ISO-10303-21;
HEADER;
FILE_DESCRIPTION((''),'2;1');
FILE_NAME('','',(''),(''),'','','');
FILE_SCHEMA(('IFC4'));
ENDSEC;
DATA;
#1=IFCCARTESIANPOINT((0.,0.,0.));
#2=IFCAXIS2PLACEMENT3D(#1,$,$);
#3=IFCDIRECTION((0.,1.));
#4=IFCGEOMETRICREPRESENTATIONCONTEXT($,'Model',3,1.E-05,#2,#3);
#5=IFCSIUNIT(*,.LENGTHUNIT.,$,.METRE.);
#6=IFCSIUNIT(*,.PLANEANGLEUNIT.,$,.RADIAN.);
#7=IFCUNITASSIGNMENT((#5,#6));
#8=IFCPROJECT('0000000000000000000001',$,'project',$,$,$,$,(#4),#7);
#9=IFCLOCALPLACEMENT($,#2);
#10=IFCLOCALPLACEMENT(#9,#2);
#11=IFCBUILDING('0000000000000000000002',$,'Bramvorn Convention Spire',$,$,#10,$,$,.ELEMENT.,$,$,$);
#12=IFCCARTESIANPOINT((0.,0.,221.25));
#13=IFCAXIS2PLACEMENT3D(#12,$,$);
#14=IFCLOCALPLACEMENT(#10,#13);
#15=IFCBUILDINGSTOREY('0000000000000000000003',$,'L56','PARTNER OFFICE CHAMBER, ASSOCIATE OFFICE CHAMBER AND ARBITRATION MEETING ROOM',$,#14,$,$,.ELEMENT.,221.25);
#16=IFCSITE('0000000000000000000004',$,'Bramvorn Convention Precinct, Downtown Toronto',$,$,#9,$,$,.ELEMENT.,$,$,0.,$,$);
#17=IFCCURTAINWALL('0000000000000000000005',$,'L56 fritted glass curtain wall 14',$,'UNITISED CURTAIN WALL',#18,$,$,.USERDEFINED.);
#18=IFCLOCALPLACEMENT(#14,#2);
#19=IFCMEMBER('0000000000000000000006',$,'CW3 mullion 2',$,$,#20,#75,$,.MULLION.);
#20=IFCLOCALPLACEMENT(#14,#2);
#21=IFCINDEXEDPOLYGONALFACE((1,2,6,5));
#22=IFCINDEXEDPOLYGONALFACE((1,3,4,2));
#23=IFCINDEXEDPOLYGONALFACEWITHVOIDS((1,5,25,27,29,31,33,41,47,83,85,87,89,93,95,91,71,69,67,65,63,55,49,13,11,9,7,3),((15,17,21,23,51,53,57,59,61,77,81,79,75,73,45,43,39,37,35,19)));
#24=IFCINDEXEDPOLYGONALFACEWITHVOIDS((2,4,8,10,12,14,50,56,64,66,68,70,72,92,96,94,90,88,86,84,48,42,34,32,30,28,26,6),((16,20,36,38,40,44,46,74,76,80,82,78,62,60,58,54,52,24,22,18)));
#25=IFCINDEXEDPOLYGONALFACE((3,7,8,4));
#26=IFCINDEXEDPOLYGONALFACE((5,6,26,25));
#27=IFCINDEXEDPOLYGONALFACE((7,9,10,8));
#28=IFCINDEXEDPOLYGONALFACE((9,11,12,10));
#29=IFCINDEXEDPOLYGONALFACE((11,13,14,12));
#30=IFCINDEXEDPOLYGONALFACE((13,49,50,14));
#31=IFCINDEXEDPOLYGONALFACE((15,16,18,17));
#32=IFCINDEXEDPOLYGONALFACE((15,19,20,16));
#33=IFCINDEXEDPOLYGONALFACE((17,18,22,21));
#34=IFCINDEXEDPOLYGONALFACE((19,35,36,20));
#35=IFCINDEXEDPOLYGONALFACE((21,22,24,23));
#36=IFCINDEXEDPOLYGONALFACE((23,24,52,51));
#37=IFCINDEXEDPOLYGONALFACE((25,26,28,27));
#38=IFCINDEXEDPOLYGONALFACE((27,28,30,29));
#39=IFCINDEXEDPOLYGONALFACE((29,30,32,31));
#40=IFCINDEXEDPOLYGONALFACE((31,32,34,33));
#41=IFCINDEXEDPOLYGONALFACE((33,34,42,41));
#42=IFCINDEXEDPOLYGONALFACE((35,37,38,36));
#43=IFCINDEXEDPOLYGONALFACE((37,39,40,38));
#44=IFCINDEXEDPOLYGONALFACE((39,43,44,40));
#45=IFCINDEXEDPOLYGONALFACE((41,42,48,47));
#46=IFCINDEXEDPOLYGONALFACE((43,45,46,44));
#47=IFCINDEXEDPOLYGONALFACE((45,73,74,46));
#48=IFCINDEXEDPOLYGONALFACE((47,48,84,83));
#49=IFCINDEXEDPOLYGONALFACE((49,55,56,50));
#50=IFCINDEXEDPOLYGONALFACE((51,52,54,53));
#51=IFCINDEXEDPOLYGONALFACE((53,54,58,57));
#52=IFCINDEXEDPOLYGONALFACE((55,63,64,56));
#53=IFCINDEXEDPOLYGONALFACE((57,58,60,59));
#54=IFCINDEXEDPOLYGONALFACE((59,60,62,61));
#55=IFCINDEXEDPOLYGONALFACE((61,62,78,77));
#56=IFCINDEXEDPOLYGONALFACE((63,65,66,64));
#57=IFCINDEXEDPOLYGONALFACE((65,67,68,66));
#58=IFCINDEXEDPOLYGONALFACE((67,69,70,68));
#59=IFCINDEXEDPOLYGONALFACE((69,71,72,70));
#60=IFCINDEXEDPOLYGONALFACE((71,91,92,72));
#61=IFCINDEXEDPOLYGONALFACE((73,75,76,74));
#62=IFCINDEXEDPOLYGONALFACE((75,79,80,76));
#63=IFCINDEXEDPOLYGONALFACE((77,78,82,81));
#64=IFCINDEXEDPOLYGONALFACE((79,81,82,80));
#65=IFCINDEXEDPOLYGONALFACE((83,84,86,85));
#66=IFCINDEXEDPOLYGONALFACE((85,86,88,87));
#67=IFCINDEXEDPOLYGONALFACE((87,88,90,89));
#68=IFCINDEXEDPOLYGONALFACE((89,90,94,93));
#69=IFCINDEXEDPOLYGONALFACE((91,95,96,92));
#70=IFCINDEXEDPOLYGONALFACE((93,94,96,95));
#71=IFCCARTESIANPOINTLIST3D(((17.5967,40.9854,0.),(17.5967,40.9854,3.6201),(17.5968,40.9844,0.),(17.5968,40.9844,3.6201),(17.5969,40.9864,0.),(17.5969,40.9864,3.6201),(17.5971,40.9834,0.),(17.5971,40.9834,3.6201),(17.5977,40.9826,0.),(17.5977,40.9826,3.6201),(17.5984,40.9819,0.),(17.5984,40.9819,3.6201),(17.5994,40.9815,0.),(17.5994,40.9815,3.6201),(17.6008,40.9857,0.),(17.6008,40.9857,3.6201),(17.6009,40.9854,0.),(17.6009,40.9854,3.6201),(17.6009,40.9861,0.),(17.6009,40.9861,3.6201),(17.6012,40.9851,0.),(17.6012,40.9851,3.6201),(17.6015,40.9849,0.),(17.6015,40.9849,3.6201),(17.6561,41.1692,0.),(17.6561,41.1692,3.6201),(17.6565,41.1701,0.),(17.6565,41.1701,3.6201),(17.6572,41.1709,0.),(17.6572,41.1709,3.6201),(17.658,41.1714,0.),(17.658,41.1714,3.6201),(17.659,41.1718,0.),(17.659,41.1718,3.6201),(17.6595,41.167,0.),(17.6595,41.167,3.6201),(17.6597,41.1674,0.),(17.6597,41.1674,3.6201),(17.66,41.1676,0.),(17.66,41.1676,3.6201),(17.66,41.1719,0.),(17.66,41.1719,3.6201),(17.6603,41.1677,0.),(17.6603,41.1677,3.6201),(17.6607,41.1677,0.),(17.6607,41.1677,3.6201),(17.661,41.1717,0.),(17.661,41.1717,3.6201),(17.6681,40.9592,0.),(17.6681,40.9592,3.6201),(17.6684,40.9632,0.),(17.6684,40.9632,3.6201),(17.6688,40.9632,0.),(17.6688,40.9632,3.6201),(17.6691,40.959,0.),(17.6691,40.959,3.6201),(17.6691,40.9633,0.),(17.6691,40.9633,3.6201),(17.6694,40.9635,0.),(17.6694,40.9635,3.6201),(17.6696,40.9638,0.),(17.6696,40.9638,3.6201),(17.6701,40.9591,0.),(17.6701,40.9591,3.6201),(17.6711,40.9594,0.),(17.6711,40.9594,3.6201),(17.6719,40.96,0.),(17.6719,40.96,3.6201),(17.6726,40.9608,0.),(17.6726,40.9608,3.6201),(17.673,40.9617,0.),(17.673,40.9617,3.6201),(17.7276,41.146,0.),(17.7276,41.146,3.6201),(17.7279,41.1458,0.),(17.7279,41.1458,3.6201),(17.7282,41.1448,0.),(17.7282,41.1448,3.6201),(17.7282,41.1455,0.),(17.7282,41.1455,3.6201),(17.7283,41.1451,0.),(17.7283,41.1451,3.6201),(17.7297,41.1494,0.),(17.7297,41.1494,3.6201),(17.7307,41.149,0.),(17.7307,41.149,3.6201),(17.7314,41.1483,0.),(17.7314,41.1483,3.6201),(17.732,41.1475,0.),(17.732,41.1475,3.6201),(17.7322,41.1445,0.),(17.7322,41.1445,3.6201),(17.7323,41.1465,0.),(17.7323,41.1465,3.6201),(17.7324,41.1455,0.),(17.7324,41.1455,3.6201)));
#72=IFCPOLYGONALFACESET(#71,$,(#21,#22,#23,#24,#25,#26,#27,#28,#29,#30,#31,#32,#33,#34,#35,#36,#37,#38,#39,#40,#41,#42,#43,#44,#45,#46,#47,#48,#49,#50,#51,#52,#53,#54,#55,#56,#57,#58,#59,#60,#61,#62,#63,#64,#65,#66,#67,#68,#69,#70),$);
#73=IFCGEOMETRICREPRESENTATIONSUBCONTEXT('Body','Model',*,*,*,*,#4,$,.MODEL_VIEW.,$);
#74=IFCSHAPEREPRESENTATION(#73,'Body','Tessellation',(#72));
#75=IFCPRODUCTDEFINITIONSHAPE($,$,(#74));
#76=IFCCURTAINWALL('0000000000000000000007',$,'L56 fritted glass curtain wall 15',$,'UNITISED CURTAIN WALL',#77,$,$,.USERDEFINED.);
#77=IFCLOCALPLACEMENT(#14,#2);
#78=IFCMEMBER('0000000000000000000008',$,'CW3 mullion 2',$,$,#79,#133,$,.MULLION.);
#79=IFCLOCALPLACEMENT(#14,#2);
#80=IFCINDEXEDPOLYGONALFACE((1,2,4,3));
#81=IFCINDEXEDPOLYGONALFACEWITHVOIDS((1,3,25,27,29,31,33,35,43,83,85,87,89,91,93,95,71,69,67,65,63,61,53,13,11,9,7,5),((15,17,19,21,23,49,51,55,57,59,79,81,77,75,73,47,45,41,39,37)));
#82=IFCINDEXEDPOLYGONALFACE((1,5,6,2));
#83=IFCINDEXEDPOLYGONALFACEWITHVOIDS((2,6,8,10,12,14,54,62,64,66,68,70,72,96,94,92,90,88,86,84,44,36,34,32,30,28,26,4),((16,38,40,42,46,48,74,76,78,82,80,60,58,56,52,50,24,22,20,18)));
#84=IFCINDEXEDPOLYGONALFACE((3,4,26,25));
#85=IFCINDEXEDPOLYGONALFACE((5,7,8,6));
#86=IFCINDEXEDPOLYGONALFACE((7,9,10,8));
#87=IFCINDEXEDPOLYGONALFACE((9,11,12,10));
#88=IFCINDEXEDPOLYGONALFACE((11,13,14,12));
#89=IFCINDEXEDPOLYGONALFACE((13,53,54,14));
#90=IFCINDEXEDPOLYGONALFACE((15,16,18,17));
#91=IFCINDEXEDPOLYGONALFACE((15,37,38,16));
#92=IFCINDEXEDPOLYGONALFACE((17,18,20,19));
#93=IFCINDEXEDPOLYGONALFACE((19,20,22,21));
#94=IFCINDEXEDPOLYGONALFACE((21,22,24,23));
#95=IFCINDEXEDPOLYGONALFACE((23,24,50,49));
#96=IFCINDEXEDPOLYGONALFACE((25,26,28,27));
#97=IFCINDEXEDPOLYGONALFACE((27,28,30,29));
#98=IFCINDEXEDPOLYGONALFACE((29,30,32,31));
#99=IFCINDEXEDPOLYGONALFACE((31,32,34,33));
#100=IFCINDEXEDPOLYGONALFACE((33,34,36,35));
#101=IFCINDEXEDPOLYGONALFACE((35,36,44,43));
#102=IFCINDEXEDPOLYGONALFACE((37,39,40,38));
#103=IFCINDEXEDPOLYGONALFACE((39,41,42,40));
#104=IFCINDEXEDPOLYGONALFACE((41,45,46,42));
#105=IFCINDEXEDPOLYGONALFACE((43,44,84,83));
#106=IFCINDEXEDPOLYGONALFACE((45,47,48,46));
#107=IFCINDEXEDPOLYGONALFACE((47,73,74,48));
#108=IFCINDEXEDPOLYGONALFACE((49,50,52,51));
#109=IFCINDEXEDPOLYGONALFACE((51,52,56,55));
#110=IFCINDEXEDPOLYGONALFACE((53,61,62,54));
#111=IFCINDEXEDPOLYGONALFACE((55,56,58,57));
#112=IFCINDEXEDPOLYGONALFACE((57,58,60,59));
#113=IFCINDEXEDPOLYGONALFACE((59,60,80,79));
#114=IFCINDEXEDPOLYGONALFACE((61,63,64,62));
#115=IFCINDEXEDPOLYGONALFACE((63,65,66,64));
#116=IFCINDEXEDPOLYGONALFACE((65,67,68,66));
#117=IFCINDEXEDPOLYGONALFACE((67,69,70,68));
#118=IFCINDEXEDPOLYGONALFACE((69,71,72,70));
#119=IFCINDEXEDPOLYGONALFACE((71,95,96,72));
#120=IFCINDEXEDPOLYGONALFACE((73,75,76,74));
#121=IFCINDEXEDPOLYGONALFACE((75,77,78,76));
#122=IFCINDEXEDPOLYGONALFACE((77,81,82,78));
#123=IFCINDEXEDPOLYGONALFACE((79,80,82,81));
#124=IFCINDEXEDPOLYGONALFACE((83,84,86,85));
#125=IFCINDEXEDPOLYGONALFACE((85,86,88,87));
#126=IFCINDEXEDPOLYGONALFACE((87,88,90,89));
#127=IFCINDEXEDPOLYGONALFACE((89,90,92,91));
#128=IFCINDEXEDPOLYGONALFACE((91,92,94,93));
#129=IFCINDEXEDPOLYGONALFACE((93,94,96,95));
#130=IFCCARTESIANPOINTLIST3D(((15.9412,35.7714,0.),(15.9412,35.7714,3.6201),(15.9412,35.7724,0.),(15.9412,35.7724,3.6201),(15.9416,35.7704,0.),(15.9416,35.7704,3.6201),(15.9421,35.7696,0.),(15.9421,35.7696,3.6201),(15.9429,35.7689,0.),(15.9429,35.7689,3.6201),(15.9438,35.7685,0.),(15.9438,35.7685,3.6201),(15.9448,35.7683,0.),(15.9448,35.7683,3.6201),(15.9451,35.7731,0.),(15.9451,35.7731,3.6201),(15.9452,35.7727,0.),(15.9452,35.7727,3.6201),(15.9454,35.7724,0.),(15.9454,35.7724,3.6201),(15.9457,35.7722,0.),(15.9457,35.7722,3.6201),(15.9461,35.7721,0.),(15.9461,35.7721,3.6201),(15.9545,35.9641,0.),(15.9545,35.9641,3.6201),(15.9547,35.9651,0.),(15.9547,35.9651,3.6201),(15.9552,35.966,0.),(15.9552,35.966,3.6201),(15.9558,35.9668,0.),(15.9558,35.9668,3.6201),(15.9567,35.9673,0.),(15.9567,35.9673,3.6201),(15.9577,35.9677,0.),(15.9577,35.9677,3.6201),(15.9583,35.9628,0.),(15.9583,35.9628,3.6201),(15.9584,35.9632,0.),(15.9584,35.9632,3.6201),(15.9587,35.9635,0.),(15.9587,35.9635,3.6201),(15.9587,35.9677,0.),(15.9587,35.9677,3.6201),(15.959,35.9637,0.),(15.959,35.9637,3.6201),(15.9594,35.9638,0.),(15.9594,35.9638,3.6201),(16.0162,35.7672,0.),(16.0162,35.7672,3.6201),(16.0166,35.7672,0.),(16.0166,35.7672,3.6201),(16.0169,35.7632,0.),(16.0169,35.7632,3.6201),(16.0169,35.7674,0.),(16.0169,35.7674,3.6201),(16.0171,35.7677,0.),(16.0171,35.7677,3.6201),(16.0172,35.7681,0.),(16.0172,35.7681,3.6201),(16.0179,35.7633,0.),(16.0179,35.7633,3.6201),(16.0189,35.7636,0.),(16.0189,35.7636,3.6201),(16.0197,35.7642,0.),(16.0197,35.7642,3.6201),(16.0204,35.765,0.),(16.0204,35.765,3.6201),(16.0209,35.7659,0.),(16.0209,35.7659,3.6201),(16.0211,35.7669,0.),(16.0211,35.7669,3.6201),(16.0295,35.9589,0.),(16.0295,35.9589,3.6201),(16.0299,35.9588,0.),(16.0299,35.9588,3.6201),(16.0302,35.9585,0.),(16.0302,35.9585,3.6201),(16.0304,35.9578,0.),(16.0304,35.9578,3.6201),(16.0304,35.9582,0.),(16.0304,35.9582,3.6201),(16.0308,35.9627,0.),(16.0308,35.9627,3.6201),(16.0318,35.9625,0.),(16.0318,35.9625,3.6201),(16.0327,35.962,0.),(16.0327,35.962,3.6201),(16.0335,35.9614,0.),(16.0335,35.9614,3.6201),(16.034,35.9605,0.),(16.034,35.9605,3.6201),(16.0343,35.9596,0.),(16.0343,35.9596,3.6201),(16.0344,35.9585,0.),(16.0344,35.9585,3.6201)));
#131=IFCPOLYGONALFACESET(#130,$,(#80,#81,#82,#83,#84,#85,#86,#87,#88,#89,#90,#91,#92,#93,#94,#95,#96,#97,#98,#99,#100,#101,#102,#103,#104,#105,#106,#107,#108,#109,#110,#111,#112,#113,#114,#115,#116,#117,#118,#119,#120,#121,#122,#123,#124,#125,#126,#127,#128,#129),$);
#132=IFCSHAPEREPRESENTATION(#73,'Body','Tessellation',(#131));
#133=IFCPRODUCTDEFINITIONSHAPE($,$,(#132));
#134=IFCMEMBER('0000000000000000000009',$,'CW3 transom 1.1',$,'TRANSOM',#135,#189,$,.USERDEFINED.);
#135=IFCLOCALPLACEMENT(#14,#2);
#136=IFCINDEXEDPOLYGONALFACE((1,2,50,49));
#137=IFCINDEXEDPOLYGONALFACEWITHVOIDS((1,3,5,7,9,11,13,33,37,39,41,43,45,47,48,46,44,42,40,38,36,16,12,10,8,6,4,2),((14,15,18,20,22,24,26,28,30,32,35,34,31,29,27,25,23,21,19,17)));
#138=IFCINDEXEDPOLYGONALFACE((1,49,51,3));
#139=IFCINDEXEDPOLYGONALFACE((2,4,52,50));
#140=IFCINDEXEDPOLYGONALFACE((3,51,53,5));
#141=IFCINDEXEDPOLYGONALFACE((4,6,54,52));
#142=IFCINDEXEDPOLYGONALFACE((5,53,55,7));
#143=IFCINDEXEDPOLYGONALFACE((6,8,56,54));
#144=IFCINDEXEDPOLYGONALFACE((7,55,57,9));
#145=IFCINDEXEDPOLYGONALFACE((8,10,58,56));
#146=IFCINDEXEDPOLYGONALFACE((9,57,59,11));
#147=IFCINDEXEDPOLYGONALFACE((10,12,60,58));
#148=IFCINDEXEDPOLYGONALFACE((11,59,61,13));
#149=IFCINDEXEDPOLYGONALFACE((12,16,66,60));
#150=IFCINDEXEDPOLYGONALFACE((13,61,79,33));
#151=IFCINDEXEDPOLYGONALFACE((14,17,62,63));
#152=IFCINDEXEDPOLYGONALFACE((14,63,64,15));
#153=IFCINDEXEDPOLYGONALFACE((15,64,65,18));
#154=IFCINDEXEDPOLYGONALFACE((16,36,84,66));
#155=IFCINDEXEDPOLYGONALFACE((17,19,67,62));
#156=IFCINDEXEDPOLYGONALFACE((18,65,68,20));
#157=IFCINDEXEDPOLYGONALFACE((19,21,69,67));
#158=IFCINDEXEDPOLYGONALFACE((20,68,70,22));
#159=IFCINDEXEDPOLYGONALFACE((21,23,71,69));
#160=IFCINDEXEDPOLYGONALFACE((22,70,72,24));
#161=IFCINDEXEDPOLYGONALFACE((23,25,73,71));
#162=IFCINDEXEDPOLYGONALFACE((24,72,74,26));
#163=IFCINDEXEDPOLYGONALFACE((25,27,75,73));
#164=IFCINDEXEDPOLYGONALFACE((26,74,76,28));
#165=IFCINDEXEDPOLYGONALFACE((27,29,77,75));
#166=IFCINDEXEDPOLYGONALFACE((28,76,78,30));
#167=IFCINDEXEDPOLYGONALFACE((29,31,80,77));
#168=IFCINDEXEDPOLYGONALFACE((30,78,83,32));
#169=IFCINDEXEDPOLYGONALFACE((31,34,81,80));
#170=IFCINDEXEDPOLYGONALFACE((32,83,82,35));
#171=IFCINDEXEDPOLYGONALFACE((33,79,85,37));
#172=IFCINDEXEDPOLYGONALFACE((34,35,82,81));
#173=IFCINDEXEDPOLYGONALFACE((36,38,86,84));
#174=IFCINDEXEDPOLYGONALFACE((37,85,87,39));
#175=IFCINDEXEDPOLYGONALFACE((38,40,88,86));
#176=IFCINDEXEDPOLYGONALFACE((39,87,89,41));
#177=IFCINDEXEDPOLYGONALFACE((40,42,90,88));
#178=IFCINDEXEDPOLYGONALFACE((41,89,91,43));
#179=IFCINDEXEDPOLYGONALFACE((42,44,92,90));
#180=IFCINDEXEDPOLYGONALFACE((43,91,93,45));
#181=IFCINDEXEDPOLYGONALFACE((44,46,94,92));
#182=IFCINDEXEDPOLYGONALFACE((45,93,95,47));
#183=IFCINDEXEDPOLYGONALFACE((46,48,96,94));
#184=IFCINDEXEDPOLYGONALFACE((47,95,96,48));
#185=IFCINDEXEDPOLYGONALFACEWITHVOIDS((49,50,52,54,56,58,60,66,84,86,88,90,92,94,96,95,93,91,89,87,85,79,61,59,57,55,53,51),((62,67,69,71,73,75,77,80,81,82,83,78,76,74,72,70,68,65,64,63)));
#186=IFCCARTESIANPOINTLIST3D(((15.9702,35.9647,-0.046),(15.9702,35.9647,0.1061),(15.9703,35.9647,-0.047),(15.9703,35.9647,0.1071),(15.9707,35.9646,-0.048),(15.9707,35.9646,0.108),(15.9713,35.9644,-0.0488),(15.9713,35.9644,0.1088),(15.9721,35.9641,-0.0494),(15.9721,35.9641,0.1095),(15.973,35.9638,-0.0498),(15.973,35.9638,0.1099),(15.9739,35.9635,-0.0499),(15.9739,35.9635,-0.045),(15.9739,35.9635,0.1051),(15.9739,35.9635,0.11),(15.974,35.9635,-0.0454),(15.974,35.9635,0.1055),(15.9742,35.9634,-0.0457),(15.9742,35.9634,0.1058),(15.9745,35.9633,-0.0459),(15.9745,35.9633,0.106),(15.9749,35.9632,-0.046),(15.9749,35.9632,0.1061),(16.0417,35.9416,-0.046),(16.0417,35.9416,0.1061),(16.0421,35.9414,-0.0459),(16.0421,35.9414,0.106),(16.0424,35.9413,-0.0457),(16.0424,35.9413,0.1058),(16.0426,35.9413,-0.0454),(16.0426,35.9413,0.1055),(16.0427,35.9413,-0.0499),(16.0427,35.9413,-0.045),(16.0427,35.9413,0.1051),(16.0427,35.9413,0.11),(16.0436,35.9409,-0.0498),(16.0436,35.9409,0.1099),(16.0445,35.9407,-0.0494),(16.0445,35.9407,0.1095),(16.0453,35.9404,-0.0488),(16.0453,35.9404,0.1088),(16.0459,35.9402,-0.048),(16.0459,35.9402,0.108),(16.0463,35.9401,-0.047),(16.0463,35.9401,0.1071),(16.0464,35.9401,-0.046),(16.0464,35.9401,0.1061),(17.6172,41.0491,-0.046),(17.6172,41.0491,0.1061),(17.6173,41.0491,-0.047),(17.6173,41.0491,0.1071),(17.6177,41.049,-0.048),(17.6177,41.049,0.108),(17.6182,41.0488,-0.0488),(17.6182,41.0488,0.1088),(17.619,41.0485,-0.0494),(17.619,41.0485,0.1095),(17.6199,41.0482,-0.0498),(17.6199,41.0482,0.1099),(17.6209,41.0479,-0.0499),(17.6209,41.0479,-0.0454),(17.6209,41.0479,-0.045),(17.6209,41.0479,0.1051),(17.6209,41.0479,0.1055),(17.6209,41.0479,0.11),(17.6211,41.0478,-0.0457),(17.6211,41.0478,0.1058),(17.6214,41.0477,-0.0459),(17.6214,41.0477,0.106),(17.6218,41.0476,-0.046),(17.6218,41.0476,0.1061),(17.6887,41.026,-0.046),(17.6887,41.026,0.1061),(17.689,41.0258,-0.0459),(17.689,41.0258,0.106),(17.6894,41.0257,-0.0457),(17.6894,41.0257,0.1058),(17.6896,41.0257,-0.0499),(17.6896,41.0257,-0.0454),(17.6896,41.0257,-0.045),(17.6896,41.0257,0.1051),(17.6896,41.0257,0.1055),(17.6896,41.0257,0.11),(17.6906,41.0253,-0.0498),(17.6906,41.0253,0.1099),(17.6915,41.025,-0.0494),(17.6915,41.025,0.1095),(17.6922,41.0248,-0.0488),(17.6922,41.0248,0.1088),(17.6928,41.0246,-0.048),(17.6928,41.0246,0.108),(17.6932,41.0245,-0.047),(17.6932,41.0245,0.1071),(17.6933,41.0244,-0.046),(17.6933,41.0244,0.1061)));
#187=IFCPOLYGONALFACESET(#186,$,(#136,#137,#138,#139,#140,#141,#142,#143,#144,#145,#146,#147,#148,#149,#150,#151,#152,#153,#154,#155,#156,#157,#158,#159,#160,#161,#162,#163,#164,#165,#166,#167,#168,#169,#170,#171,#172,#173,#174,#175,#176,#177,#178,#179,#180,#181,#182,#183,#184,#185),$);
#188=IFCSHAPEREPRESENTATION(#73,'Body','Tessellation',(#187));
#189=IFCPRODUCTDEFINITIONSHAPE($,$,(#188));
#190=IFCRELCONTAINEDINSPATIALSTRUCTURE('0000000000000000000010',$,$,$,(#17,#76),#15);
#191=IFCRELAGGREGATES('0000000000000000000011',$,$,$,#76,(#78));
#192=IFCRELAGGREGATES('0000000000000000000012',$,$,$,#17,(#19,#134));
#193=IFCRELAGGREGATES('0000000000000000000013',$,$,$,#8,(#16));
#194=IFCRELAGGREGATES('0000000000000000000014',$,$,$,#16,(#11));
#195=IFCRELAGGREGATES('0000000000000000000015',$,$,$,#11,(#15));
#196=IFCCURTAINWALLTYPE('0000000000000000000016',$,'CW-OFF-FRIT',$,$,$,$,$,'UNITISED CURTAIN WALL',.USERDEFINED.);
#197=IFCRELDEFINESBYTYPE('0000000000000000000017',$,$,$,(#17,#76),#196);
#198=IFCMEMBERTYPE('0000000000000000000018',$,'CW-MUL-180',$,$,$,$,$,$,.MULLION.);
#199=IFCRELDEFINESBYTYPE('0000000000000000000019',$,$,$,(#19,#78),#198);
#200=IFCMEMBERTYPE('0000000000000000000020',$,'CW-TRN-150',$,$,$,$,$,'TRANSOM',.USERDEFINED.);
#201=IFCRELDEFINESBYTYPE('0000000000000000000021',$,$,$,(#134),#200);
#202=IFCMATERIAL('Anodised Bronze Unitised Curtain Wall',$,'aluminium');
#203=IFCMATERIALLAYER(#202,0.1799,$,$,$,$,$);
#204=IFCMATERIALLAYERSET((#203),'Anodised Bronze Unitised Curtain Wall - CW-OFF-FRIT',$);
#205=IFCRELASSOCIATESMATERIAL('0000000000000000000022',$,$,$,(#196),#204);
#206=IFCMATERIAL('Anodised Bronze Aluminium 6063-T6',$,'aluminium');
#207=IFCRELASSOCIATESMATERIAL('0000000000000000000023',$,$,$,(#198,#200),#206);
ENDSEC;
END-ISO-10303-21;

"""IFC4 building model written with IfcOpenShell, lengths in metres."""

from ifc_helpers import new_model, si_unit, direction, frame, origin, origin_2d, place, context, subcontext, project, spatial, hollow_rectangle, extrude, material, layer, layer_set, material_profile, profile_set, type_object, element, aggregate, save


model = new_model("IFC4")

# Units and contexts
model_context = context("Model", 3, precision=1e-05, world=origin(), true_north=direction((0.0, 1.0)))
body_context = subcontext(model_context, "Body", "Model", "MODEL_VIEW")
ifc_project = project(units=[si_unit("LENGTHUNIT", "METRE"), si_unit("PLANEANGLEUNIT", "RADIAN")], contexts=[model_context])

# Site, building, storey
site_placement = place(None, origin())
site = spatial("IfcSite", under=ifc_project, at=site_placement, Name="Bramvorn Convention Precinct, Downtown Toronto", CompositionType="ELEMENT", RefElevation=0.0)
building_placement = place(site_placement, origin())
building = spatial("IfcBuilding", under=site, at=building_placement, Name="Bramvorn Convention Spire", CompositionType="ELEMENT")
storey_placement = place(building_placement, frame((0.0, 0.0, 221.25)))
storey = spatial("IfcBuildingStorey", under=building, at=storey_placement, Name="L56", Description="PARTNER OFFICE CHAMBER, ASSOCIATE OFFICE CHAMBER AND ARBITRATION MEETING ROOM", CompositionType="ELEMENT", Elevation=221.25)

# Curtain wall, member
ifc_material_1 = material(Name="Anodised Bronze Unitised Curtain Wall", Category="aluminium")
ifc_layer_1 = layer(ifc_material_1, 0.1799)
ifc_layer_set_1 = layer_set([ifc_layer_1], Name="Anodised Bronze Unitised Curtain Wall - CW-OFF-FRIT")
curtain_wall_type = type_object("IfcCurtainWallType", Name="CW-OFF-FRIT", ElementType="UNITISED CURTAIN WALL", PredefinedType="USERDEFINED", material=ifc_layer_set_1)
curtain_wall_1_placement = place(storey_placement, origin())
curtain_wall_1 = element("IfcCurtainWall", 1, at=curtain_wall_1_placement, inside=storey, type_object=curtain_wall_type, Name="L56 fritted glass curtain wall 14", ObjectType="UNITISED CURTAIN WALL", PredefinedType="USERDEFINED")
ifc_material_2 = material(Name="Anodised Bronze Aluminium 6063-T6", Category="aluminium")
ifc_material_profile_1 = material_profile(ifc_material_2, hollow_rectangle(XDim=0.0801, YDim=0.2, WallThickness=0.0039, InnerFilletRadius=0.001, OuterFilletRadius=0.0039, at=origin_2d()))
ifc_profile_set_1 = profile_set([ifc_material_profile_1], Name="Anodised Bronze Aluminium 6063-T6 - CWM80X200")
member_type_1 = type_object("IfcMemberType", Name="CW-MUL-180", PredefinedType="MULLION", material=ifc_profile_set_1)
member_1_placement = place(storey_placement, frame((17.6646, 41.0654, 0.0), z_axis=(0.0, 0.0, 1.0), x_axis=(-0.951343, 0.308135, 0.0)))
member_1 = element("IfcMember", 2, at=member_1_placement, type_object=member_type_1, Name="CW3 mullion 2", PredefinedType="MULLION", context=body_context, shape_type="SweptSolid", body=[
    extrude(hollow_rectangle(XDim=0.0801, YDim=0.2, WallThickness=0.0039, InnerFilletRadius=0.001, OuterFilletRadius=0.0039, at=origin_2d()), origin(), (0.0, 0.0, 1.0), 3.6201),
])

# Curtain wall, member
curtain_wall_2_placement = place(storey_placement, origin())
curtain_wall_2 = element("IfcCurtainWall", 3, at=curtain_wall_2_placement, inside=storey, type_object=curtain_wall_type, Name="L56 fritted glass curtain wall 15", ObjectType="UNITISED CURTAIN WALL", PredefinedType="USERDEFINED")
member_2_placement = place(storey_placement, frame((15.9878, 35.8655, 0.0), z_axis=(0.0, 0.0, 1.0), x_axis=(-0.99759, 0.069382, 0.0)))
member_2 = element("IfcMember", 4, at=member_2_placement, type_object=member_type_1, Name="CW3 mullion 2", PredefinedType="MULLION", context=body_context, shape_type="SweptSolid", body=[
    extrude(hollow_rectangle(XDim=0.0801, YDim=0.2, WallThickness=0.0039, InnerFilletRadius=0.001, OuterFilletRadius=0.0039, at=origin_2d()), origin(), (0.0, 0.0, 1.0), 3.6201),
])
aggregate(curtain_wall_2, [member_2])

# Member
ifc_material_profile_2 = material_profile(ifc_material_2, hollow_rectangle(XDim=0.0801, YDim=0.1599, WallThickness=0.0039, InnerFilletRadius=0.001, OuterFilletRadius=0.0039, at=origin_2d()))
ifc_profile_set_2 = profile_set([ifc_material_profile_2], Name="Anodised Bronze Aluminium 6063-T6 - CWT80X160")
member_type_2 = type_object("IfcMemberType", Name="CW-TRN-150", ElementType="TRANSOM", PredefinedType="USERDEFINED", material=ifc_profile_set_2)
member_3_placement = place(storey_placement, frame((16.0083, 35.9524, 0.03), z_axis=(0.308158, 0.951335, 0.0), x_axis=(-0.951335, 0.308158, 0.0)))
member_3 = element("IfcMember", 5, at=member_3_placement, type_object=member_type_2, Name="CW3 transom 1.1", ObjectType="TRANSOM", PredefinedType="USERDEFINED", context=body_context, shape_type="SweptSolid", body=[
    extrude(hollow_rectangle(XDim=0.0801, YDim=0.1599, WallThickness=0.0039, InnerFilletRadius=0.001, OuterFilletRadius=0.0039, at=origin_2d()), origin(), (0.0, 0.0, 1.0), 5.3445),
])

aggregate(curtain_wall_1, [member_1, member_3])

save(model, "model.ifc")
